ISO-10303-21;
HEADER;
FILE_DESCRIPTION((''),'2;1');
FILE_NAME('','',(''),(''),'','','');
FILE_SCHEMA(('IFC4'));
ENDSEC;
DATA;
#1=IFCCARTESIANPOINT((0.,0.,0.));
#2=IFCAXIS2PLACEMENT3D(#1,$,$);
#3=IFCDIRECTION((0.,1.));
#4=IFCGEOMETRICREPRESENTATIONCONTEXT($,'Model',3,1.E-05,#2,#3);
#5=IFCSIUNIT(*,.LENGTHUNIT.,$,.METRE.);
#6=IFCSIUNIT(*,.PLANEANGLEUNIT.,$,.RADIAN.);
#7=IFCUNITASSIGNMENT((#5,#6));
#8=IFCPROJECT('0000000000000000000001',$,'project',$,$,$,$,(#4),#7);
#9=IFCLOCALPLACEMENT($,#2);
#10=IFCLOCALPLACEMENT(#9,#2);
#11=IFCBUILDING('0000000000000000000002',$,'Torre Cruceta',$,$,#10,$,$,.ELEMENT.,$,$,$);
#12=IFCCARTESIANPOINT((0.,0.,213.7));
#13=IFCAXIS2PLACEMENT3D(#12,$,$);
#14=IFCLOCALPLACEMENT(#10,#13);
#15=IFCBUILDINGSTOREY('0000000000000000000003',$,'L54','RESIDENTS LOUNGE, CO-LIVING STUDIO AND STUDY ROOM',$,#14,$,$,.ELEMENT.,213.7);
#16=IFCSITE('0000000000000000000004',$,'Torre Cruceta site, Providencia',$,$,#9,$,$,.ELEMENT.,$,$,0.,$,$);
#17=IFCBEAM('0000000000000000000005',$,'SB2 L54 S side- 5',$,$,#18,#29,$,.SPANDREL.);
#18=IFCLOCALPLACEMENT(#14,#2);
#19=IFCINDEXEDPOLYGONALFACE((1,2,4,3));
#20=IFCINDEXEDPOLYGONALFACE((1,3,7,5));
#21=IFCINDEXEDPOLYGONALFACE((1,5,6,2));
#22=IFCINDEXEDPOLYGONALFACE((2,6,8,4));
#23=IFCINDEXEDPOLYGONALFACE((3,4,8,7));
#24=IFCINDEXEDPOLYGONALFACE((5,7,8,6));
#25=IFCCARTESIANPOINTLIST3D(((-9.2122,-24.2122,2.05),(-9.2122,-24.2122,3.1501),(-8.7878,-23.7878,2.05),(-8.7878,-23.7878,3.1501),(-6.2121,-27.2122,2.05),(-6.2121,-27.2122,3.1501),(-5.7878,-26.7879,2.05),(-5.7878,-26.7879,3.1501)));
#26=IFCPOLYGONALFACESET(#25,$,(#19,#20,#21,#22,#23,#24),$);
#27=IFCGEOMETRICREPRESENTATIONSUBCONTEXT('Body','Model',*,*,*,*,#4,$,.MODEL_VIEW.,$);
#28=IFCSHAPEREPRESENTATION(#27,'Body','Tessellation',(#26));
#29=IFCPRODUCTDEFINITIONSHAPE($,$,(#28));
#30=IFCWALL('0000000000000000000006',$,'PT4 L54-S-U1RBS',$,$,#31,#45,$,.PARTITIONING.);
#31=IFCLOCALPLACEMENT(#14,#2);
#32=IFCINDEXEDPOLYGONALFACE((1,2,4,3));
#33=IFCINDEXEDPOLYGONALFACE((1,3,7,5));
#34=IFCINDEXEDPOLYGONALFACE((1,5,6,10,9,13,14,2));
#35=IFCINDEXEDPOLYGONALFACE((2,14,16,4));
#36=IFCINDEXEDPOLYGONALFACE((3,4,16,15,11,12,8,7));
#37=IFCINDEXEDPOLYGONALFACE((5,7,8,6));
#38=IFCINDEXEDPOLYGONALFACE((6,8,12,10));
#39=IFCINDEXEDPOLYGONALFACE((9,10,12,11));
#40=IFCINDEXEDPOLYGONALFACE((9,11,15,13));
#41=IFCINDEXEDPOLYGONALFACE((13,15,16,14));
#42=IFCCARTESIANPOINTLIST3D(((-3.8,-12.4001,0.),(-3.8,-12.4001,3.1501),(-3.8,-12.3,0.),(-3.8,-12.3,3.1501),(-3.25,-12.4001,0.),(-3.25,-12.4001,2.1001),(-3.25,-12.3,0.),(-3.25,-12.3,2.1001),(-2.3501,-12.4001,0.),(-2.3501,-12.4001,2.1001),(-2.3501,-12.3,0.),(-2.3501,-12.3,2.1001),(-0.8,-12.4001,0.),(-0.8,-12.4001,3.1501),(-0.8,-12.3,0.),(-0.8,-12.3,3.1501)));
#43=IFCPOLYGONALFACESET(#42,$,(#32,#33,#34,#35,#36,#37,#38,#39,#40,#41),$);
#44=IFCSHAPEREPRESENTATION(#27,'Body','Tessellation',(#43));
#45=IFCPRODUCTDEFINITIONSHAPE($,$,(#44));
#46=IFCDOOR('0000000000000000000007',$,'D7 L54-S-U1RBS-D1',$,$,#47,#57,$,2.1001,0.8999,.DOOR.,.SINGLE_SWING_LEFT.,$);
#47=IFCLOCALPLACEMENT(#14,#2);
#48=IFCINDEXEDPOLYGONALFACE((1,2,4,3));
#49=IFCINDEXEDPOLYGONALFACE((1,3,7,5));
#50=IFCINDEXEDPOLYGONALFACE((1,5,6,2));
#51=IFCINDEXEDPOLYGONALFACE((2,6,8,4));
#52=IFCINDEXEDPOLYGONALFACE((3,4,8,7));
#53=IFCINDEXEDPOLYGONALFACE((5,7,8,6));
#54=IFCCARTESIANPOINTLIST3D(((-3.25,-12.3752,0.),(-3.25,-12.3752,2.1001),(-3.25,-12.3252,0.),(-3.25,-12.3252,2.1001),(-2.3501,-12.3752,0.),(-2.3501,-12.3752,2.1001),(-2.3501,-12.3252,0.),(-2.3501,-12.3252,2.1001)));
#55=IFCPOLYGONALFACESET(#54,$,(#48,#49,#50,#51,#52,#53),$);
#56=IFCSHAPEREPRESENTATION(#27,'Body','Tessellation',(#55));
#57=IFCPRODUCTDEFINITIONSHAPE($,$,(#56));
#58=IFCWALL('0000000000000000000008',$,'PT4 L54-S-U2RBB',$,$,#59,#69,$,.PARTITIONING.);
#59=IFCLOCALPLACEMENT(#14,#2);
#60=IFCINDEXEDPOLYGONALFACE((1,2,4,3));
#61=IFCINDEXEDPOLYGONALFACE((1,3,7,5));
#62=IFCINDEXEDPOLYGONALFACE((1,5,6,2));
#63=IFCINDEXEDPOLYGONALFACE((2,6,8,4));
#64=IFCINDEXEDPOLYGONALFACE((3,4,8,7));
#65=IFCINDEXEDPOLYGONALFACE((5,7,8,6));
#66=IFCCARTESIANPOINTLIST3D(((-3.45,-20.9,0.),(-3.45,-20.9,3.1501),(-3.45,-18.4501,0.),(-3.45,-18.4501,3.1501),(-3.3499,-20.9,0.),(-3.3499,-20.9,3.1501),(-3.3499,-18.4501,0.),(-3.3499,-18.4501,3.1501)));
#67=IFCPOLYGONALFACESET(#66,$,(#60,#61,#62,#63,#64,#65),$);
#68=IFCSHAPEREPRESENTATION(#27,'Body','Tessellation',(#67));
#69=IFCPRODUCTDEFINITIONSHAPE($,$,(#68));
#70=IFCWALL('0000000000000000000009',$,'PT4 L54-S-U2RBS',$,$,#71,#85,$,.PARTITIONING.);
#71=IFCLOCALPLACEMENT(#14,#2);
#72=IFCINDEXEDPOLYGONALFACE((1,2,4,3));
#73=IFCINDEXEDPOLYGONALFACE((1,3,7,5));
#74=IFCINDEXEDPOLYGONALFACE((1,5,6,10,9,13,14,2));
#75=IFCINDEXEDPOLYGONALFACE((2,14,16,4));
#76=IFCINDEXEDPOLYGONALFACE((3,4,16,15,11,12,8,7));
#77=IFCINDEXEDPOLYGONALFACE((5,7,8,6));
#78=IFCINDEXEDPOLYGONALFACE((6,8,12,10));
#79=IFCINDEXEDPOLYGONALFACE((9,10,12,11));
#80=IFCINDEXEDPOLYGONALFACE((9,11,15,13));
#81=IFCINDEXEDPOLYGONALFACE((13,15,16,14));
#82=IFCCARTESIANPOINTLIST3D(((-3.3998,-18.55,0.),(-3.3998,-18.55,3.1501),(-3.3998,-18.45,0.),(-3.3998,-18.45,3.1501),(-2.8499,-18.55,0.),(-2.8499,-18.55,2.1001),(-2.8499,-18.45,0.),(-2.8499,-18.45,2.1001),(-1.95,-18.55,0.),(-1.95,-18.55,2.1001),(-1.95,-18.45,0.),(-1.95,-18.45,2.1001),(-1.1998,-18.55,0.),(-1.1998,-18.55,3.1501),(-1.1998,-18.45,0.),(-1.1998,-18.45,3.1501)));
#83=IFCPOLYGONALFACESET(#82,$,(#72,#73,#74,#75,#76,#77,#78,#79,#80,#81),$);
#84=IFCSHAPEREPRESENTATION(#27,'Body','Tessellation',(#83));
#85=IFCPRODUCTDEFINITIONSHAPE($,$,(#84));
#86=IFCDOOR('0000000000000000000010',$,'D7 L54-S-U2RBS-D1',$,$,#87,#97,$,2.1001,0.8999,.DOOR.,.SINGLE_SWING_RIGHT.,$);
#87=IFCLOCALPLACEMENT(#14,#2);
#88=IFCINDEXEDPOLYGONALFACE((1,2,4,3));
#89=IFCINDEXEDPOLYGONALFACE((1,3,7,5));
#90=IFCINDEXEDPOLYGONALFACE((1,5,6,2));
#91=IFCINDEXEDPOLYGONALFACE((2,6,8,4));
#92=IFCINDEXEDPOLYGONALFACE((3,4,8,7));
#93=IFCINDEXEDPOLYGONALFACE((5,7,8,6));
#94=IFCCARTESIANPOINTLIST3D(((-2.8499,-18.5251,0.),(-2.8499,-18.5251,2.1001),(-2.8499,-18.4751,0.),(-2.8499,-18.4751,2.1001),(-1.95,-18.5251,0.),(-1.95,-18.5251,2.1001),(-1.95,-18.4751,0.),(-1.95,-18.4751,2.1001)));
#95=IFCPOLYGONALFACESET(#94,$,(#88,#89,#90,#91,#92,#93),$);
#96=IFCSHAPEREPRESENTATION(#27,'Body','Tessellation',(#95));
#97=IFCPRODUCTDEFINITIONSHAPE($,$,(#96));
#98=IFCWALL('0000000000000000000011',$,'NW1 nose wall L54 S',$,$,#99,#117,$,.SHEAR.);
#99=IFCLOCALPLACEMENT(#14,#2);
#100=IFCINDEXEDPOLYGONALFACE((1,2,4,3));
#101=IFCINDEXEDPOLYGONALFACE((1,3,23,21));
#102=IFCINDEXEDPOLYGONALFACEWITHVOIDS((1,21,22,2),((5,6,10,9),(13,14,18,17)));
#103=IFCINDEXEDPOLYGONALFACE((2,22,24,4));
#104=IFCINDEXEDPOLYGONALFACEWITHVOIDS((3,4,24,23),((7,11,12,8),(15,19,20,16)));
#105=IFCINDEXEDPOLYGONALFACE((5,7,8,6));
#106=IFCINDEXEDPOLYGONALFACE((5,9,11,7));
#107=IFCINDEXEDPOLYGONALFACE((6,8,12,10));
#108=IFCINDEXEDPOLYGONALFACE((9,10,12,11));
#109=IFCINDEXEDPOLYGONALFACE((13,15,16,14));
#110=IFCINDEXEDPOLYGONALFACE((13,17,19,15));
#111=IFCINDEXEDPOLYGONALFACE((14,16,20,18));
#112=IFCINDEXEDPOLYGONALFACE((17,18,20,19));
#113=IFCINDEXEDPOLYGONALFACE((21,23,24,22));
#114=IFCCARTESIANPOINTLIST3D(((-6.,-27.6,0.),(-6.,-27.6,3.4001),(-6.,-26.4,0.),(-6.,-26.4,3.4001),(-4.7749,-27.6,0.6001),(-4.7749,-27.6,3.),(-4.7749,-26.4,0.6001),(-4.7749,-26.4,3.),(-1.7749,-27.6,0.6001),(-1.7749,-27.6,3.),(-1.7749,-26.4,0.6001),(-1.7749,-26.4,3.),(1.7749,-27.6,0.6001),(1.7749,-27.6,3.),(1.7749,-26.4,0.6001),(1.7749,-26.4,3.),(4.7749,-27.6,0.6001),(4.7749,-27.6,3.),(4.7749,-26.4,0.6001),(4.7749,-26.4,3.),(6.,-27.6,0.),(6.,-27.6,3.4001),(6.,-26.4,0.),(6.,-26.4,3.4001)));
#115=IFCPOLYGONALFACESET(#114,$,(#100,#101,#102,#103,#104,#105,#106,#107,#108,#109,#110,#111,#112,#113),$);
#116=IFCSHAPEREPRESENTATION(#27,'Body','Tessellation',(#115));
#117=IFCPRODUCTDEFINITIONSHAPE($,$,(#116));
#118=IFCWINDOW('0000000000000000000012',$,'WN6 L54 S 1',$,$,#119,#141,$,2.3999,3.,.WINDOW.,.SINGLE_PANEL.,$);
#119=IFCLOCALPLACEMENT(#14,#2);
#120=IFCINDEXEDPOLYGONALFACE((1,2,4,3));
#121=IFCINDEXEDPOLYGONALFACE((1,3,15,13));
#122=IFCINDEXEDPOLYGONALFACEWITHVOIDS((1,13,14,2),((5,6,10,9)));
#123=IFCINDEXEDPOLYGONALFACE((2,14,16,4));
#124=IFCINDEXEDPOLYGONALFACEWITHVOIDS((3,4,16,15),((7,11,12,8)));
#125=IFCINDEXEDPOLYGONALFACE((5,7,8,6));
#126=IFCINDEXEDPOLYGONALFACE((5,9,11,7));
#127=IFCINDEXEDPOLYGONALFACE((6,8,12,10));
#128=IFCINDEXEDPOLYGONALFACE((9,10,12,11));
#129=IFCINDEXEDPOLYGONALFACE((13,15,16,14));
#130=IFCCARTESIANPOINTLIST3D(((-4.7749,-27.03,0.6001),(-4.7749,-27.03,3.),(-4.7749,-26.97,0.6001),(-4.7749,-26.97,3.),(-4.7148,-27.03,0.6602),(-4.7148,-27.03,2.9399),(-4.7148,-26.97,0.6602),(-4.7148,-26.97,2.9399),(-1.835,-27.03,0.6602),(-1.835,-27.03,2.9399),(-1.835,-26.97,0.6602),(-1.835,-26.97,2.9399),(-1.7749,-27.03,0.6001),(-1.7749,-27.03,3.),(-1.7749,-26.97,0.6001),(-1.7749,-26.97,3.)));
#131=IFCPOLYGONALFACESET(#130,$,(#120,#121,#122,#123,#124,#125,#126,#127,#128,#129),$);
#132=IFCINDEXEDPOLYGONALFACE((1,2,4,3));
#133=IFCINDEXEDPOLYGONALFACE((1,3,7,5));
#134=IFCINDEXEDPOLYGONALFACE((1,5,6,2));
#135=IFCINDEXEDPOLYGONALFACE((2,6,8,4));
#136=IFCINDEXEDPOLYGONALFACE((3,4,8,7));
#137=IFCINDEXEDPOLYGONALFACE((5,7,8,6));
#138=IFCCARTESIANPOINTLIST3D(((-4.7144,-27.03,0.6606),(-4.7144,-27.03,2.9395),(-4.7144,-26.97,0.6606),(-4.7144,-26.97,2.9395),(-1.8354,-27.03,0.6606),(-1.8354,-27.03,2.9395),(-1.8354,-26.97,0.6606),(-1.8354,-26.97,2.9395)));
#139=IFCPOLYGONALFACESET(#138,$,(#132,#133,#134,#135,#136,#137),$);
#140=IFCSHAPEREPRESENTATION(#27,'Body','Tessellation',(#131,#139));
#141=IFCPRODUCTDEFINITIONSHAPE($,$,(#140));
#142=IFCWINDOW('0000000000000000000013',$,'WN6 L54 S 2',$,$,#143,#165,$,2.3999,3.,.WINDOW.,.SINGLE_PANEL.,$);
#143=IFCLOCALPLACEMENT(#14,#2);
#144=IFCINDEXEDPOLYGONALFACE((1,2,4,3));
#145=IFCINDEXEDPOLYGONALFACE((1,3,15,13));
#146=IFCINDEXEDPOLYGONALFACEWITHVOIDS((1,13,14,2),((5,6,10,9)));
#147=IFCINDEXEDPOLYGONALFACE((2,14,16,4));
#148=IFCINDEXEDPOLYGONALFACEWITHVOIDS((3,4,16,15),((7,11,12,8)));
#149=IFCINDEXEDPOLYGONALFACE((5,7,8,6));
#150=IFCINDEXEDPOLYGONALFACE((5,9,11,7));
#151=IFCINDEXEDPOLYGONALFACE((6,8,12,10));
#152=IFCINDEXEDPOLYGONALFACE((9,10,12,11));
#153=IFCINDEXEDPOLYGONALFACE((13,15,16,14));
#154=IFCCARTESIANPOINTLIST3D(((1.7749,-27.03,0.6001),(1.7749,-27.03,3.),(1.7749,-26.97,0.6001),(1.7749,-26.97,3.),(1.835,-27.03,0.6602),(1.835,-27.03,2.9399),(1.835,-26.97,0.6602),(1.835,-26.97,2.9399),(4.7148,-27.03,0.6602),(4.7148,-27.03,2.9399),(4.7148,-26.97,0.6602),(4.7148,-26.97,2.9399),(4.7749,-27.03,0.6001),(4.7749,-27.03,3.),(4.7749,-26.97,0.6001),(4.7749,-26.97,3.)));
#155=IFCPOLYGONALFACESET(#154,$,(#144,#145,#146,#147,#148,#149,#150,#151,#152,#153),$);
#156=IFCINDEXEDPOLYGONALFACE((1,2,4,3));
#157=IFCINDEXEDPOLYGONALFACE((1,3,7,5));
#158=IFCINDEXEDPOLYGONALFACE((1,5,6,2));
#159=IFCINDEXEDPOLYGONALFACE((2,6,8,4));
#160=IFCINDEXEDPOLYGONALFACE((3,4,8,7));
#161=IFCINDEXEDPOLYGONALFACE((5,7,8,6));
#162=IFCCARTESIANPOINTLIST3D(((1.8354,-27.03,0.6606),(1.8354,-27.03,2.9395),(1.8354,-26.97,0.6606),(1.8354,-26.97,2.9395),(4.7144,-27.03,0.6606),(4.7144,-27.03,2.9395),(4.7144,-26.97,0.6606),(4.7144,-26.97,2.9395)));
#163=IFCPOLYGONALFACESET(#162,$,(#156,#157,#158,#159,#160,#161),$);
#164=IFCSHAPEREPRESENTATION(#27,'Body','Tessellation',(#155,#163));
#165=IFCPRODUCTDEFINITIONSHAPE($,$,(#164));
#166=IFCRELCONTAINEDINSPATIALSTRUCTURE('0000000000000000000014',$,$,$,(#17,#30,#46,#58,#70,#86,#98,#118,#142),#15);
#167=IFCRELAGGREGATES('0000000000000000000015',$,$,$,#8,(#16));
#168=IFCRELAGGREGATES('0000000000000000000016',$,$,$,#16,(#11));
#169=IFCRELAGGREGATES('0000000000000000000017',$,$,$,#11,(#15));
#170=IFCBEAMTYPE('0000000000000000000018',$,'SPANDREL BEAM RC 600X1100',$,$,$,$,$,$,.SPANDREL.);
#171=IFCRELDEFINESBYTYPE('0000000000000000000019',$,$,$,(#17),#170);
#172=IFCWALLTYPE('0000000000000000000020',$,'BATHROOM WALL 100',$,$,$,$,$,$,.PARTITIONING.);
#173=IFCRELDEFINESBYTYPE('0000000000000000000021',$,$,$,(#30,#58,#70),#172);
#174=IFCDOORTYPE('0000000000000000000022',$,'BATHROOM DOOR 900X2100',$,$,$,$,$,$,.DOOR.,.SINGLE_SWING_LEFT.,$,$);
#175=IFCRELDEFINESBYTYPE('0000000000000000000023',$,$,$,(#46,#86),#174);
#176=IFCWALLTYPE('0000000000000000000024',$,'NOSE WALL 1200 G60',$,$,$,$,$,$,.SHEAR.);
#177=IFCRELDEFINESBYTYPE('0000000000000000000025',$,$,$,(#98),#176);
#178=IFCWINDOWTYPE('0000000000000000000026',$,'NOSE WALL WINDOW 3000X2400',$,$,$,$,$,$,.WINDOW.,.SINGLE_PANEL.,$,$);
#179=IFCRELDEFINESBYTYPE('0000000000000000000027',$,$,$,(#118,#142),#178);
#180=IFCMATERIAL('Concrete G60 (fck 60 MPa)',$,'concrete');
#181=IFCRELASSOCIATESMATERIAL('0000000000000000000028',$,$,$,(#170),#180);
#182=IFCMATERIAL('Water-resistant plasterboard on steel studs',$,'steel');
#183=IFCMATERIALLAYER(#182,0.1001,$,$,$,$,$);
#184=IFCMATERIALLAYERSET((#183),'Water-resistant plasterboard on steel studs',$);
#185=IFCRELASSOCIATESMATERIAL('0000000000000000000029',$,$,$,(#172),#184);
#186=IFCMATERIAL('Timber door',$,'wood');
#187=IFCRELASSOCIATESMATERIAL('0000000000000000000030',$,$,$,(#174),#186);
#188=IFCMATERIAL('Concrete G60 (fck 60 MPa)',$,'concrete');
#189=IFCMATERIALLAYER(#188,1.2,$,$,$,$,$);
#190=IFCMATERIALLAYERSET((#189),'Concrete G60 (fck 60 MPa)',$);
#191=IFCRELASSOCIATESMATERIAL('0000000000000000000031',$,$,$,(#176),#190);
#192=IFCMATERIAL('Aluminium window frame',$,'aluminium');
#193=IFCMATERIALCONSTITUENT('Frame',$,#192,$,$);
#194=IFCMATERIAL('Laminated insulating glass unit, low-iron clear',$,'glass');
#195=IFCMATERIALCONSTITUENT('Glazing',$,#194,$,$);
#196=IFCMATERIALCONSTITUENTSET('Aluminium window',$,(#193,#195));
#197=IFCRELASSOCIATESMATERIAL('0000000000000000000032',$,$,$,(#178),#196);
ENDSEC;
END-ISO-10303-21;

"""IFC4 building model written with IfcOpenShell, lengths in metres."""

from ifc_helpers import new_model, si_unit, direction, frame, frame_2d, origin, origin_2d, place, context, subcontext, project, spatial, rectangle, hollow_rectangle, extrude, material, layer, layer_set, constituent, constituent_set, material_profile, profile_set, type_object, element, fill, save


model = new_model("IFC4")

# Units and contexts
model_context = context("Model", 3, precision=1e-05, world=origin(), true_north=direction((0.0, 1.0)))
body_context = subcontext(model_context, "Body", "Model", "MODEL_VIEW")
ifc_project = project(units=[si_unit("LENGTHUNIT", "METRE"), si_unit("PLANEANGLEUNIT", "RADIAN")], contexts=[model_context])

# Site, building, storey
site_placement = place(None, origin())
site = spatial("IfcSite", under=ifc_project, at=site_placement, Name="Torre Cruceta site, Providencia", CompositionType="ELEMENT", RefElevation=0.0)
building_placement = place(site_placement, origin())
building = spatial("IfcBuilding", under=site, at=building_placement, Name="Torre Cruceta", CompositionType="ELEMENT")
storey_placement = place(building_placement, frame((0.0, 0.0, 213.7)))
storey = spatial("IfcBuildingStorey", under=building, at=storey_placement, Name="L54", Description="RESIDENTS LOUNGE, CO-LIVING STUDIO AND STUDY ROOM", CompositionType="ELEMENT", Elevation=213.7)

# Beam
ifc_material_1 = material(Name="Concrete G60 (fck 60 MPa)", Category="concrete")
ifc_material_profile_1 = material_profile(ifc_material_1, rectangle(XDim=0.6001, YDim=1.1001, at=origin_2d()), Name="RC 600X1100")
ifc_profile_set_1 = profile_set([ifc_material_profile_1], Name="Concrete G60 (fck 60 MPa)")
beam_type_1 = type_object("IfcBeamType", Name="SPANDREL BEAM RC 600X1100", PredefinedType="SPANDREL", material=ifc_profile_set_1)
beam_1_placement = place(storey_placement, frame((-9.0, -24.0, 2.6001), z_axis=(0.707107, -0.707107, 0.0), x_axis=(0.707107, 0.707107, 0.0)))
element("IfcBeam", 1, at=beam_1_placement, inside=storey, type_object=beam_type_1, Name="SB2 L54 S side- 5", PredefinedType="SPANDREL", context=body_context, shape_type="SweptSolid", body=[
    extrude(rectangle(XDim=0.6001, YDim=1.1001, at=origin_2d()), origin(), (0.0, 0.0, 1.0), 4.2427),
])

# Wall, opening, door
ifc_material_2 = material(Name="Water-resistant plasterboard on steel studs", Category="steel")
ifc_layer_1 = layer(ifc_material_2, 0.1001)
ifc_layer_set_1 = layer_set([ifc_layer_1], Name="Water-resistant plasterboard on steel studs")
wall_type_1 = type_object("IfcWallType", Name="BATHROOM WALL 100", PredefinedType="PARTITIONING", material=ifc_layer_set_1)
wall_1_placement = place(storey_placement, frame((-3.8, -12.3501, 0.0), z_axis=(0.0, 0.0, 1.0), x_axis=(1.0, 0.0, 0.0)))
wall_1 = element("IfcWall", 2, at=wall_1_placement, inside=storey, type_object=wall_type_1, Name="PT4 L54-S-U1RBS", PredefinedType="PARTITIONING", context=body_context, shape_type="SweptSolid", body=[
    extrude(rectangle(XDim=3.0, YDim=0.1001, at=frame_2d((1.5, 0.0))), origin(), (0.0, 0.0, 1.0), 3.1501),
])
opening_1_placement = place(wall_1_placement, frame((0.55, 0.0, 0.0)))
opening_1 = element("IfcOpeningElement", 3, at=opening_1_placement, cuts=wall_1, PredefinedType="OPENING", context=body_context, shape_type="SweptSolid", body=[
    extrude(rectangle(XDim=0.8999, YDim=2.1001, at=frame_2d((0.45, 1.05))), frame((0.0, 0.0601, 0.0), z_axis=(0.0, -1.0, 0.0), x_axis=(1.0, 0.0, 0.0)), (0.0, 0.0, 1.0), 0.1201),
])
ifc_material_3 = material(Name="Timber door", Category="wood")
door_type = type_object("IfcDoorType", Name="BATHROOM DOOR 900X2100", OperationType="SINGLE_SWING_LEFT", PredefinedType="DOOR", material=ifc_material_3)
door_1_placement = place(opening_1_placement, origin())
door_1 = element("IfcDoor", 4, at=door_1_placement, inside=storey, type_object=door_type, Name="D7 L54-S-U1RBS-D1", OperationType="SINGLE_SWING_LEFT", OverallHeight=2.1001, OverallWidth=0.8999, PredefinedType="DOOR", context=body_context, shape_type="SweptSolid", body=[
    extrude(rectangle(XDim=0.8999, YDim=2.1001, at=frame_2d((0.45, 1.05))), frame((0.0, 0.0249, 0.0), z_axis=(0.0, -1.0, 0.0), x_axis=(1.0, 0.0, 0.0)), (0.0, 0.0, 1.0), 0.05),
])
fill(opening_1, door_1)

# Wall
wall_2_placement = place(storey_placement, frame((-3.3999, -18.45, 0.0), z_axis=(0.0, 0.0, 1.0), x_axis=(0.0, -1.0, 0.0)))
element("IfcWall", 5, at=wall_2_placement, inside=storey, type_object=wall_type_1, Name="PT4 L54-S-U2RBB", PredefinedType="PARTITIONING", context=body_context, shape_type="SweptSolid", body=[
    extrude(rectangle(XDim=2.45, YDim=0.1001, at=frame_2d((1.2251, 0.0))), origin(), (0.0, 0.0, 1.0), 3.1501),
])

# Wall, opening, door
wall_3_placement = place(storey_placement, frame((-3.3999, -18.5, 0.0), z_axis=(0.0, 0.0, 1.0), x_axis=(1.0, 0.0, 0.0)))
wall_3 = element("IfcWall", 6, at=wall_3_placement, inside=storey, type_object=wall_type_1, Name="PT4 L54-S-U2RBS", PredefinedType="PARTITIONING", context=body_context, shape_type="SweptSolid", body=[
    extrude(rectangle(XDim=2.2, YDim=0.1001, at=frame_2d((1.1001, 0.0))), origin(), (0.0, 0.0, 1.0), 3.1501),
])
opening_2_placement = place(wall_3_placement, frame((0.55, 0.0, 0.0)))
opening_2 = element("IfcOpeningElement", 7, at=opening_2_placement, cuts=wall_3, PredefinedType="OPENING", context=body_context, shape_type="SweptSolid", body=[
    extrude(rectangle(XDim=0.8999, YDim=2.1001, at=frame_2d((0.45, 1.05))), frame((0.0, 0.0601, 0.0), z_axis=(0.0, -1.0, 0.0), x_axis=(1.0, 0.0, 0.0)), (0.0, 0.0, 1.0), 0.1201),
])
door_2_placement = place(opening_2_placement, frame((0.8999, 0.0, 0.0), z_axis=(0.0, 0.0, 1.0), x_axis=(-1.0, 0.0, 0.0)))
door_2 = element("IfcDoor", 8, at=door_2_placement, inside=storey, type_object=door_type, Name="D7 L54-S-U2RBS-D1", OperationType="SINGLE_SWING_RIGHT", OverallHeight=2.1001, OverallWidth=0.8999, PredefinedType="DOOR", context=body_context, shape_type="SweptSolid", body=[
    extrude(rectangle(XDim=0.8999, YDim=2.1001, at=frame_2d((0.45, 1.05))), frame((0.0, 0.0251, 0.0), z_axis=(0.0, -1.0, 0.0), x_axis=(1.0, 0.0, 0.0)), (0.0, 0.0, 1.0), 0.05),
])
fill(opening_2, door_2)

# Wall, openings, windows
ifc_material_4 = material(Name="Concrete G60 (fck 60 MPa)", Category="concrete")
ifc_layer_2 = layer(ifc_material_4, 1.2)
ifc_layer_set_2 = layer_set([ifc_layer_2], Name="Concrete G60 (fck 60 MPa)")
wall_type_2 = type_object("IfcWallType", Name="NOSE WALL 1200 G60", PredefinedType="SHEAR", material=ifc_layer_set_2)
wall_4_placement = place(storey_placement, frame((-6.0, -27.0, 0.0), z_axis=(0.0, 0.0, 1.0), x_axis=(1.0, 0.0, 0.0)))
wall_4 = element("IfcWall", 9, at=wall_4_placement, inside=storey, type_object=wall_type_2, Name="NW1 nose wall L54 S", PredefinedType="SHEAR", context=body_context, shape_type="SweptSolid", body=[
    extrude(rectangle(XDim=12.0, YDim=1.2, at=frame_2d((6.0, 0.0))), origin(), (0.0, 0.0, 1.0), 3.4001),
])
opening_3_placement = place(wall_4_placement, frame((1.2251, 0.0, 0.6001)))
opening_3 = element("IfcOpeningElement", 10, at=opening_3_placement, cuts=wall_4, PredefinedType="OPENING", context=body_context, shape_type="SweptSolid", body=[
    extrude(rectangle(XDim=3.0, YDim=2.3999, at=frame_2d((1.5, 1.2))), frame((0.0, 0.6099, 0.0), z_axis=(0.0, -1.0, 0.0), x_axis=(1.0, 0.0, 0.0)), (0.0, 0.0, 1.0), 1.22),
])
opening_4_placement = place(wall_4_placement, frame((7.7749, 0.0, 0.6001)))
opening_4 = element("IfcOpeningElement", 11, at=opening_4_placement, cuts=wall_4, PredefinedType="OPENING", context=body_context, shape_type="SweptSolid", body=[
    extrude(rectangle(XDim=3.0, YDim=2.3999, at=frame_2d((1.5, 1.2))), frame((0.0, 0.6099, 0.0), z_axis=(0.0, -1.0, 0.0), x_axis=(1.0, 0.0, 0.0)), (0.0, 0.0, 1.0), 1.22),
])
ifc_material_5 = material(Name="Aluminium window frame", Category="aluminium")
ifc_constituent_1 = constituent(ifc_material_5, Name="Frame")
ifc_material_6 = material(Name="Laminated insulating glass unit, low-iron clear", Category="glass")
ifc_constituent_2 = constituent(ifc_material_6, Name="Glazing")
ifc_constituent_set = constituent_set(constituents=[ifc_constituent_1, ifc_constituent_2], Name="Aluminium window")
window_type = type_object("IfcWindowType", Name="NOSE WALL WINDOW 3000X2400", PartitioningType="SINGLE_PANEL", PredefinedType="WINDOW", material=ifc_constituent_set)
window_1_placement = place(opening_3_placement, origin())
window_1 = element("IfcWindow", 12, at=window_1_placement, inside=storey, type_object=window_type, Name="WN6 L54 S 1", OverallHeight=2.3999, OverallWidth=3.0, PartitioningType="SINGLE_PANEL", PredefinedType="WINDOW", context=body_context, shape_type="SweptSolid", body=[
    extrude(hollow_rectangle(XDim=3.0, YDim=2.3999, WallThickness=0.0601, at=frame_2d((1.5, 1.2))), frame((0.0, 0.03, 0.0), z_axis=(0.0, -1.0, 0.0), x_axis=(1.0, 0.0, 0.0)), (0.0, 0.0, 1.0), 0.0601),
    extrude(rectangle(XDim=2.8789, YDim=2.2788, at=frame_2d((1.5, 1.2))), frame((0.0, 0.03, 0.0), z_axis=(0.0, -1.0, 0.0), x_axis=(1.0, 0.0, 0.0)), (0.0, 0.0, 1.0), 0.0601),
])
fill(opening_3, window_1)
window_2_placement = place(opening_4_placement, origin())
window_2 = element("IfcWindow", 13, at=window_2_placement, inside=storey, type_object=window_type, Name="WN6 L54 S 2", OverallHeight=2.3999, OverallWidth=3.0, PartitioningType="SINGLE_PANEL", PredefinedType="WINDOW", context=body_context, shape_type="SweptSolid", body=[
    extrude(hollow_rectangle(XDim=3.0, YDim=2.3999, WallThickness=0.0601, at=frame_2d((1.5, 1.2))), frame((0.0, 0.03, 0.0), z_axis=(0.0, -1.0, 0.0), x_axis=(1.0, 0.0, 0.0)), (0.0, 0.0, 1.0), 0.0601),
    extrude(rectangle(XDim=2.8789, YDim=2.2788, at=frame_2d((1.5, 1.2))), frame((0.0, 0.03, 0.0), z_axis=(0.0, -1.0, 0.0), x_axis=(1.0, 0.0, 0.0)), (0.0, 0.0, 1.0), 0.0601),
])
fill(opening_4, window_2)

save(model, "model.ifc")
